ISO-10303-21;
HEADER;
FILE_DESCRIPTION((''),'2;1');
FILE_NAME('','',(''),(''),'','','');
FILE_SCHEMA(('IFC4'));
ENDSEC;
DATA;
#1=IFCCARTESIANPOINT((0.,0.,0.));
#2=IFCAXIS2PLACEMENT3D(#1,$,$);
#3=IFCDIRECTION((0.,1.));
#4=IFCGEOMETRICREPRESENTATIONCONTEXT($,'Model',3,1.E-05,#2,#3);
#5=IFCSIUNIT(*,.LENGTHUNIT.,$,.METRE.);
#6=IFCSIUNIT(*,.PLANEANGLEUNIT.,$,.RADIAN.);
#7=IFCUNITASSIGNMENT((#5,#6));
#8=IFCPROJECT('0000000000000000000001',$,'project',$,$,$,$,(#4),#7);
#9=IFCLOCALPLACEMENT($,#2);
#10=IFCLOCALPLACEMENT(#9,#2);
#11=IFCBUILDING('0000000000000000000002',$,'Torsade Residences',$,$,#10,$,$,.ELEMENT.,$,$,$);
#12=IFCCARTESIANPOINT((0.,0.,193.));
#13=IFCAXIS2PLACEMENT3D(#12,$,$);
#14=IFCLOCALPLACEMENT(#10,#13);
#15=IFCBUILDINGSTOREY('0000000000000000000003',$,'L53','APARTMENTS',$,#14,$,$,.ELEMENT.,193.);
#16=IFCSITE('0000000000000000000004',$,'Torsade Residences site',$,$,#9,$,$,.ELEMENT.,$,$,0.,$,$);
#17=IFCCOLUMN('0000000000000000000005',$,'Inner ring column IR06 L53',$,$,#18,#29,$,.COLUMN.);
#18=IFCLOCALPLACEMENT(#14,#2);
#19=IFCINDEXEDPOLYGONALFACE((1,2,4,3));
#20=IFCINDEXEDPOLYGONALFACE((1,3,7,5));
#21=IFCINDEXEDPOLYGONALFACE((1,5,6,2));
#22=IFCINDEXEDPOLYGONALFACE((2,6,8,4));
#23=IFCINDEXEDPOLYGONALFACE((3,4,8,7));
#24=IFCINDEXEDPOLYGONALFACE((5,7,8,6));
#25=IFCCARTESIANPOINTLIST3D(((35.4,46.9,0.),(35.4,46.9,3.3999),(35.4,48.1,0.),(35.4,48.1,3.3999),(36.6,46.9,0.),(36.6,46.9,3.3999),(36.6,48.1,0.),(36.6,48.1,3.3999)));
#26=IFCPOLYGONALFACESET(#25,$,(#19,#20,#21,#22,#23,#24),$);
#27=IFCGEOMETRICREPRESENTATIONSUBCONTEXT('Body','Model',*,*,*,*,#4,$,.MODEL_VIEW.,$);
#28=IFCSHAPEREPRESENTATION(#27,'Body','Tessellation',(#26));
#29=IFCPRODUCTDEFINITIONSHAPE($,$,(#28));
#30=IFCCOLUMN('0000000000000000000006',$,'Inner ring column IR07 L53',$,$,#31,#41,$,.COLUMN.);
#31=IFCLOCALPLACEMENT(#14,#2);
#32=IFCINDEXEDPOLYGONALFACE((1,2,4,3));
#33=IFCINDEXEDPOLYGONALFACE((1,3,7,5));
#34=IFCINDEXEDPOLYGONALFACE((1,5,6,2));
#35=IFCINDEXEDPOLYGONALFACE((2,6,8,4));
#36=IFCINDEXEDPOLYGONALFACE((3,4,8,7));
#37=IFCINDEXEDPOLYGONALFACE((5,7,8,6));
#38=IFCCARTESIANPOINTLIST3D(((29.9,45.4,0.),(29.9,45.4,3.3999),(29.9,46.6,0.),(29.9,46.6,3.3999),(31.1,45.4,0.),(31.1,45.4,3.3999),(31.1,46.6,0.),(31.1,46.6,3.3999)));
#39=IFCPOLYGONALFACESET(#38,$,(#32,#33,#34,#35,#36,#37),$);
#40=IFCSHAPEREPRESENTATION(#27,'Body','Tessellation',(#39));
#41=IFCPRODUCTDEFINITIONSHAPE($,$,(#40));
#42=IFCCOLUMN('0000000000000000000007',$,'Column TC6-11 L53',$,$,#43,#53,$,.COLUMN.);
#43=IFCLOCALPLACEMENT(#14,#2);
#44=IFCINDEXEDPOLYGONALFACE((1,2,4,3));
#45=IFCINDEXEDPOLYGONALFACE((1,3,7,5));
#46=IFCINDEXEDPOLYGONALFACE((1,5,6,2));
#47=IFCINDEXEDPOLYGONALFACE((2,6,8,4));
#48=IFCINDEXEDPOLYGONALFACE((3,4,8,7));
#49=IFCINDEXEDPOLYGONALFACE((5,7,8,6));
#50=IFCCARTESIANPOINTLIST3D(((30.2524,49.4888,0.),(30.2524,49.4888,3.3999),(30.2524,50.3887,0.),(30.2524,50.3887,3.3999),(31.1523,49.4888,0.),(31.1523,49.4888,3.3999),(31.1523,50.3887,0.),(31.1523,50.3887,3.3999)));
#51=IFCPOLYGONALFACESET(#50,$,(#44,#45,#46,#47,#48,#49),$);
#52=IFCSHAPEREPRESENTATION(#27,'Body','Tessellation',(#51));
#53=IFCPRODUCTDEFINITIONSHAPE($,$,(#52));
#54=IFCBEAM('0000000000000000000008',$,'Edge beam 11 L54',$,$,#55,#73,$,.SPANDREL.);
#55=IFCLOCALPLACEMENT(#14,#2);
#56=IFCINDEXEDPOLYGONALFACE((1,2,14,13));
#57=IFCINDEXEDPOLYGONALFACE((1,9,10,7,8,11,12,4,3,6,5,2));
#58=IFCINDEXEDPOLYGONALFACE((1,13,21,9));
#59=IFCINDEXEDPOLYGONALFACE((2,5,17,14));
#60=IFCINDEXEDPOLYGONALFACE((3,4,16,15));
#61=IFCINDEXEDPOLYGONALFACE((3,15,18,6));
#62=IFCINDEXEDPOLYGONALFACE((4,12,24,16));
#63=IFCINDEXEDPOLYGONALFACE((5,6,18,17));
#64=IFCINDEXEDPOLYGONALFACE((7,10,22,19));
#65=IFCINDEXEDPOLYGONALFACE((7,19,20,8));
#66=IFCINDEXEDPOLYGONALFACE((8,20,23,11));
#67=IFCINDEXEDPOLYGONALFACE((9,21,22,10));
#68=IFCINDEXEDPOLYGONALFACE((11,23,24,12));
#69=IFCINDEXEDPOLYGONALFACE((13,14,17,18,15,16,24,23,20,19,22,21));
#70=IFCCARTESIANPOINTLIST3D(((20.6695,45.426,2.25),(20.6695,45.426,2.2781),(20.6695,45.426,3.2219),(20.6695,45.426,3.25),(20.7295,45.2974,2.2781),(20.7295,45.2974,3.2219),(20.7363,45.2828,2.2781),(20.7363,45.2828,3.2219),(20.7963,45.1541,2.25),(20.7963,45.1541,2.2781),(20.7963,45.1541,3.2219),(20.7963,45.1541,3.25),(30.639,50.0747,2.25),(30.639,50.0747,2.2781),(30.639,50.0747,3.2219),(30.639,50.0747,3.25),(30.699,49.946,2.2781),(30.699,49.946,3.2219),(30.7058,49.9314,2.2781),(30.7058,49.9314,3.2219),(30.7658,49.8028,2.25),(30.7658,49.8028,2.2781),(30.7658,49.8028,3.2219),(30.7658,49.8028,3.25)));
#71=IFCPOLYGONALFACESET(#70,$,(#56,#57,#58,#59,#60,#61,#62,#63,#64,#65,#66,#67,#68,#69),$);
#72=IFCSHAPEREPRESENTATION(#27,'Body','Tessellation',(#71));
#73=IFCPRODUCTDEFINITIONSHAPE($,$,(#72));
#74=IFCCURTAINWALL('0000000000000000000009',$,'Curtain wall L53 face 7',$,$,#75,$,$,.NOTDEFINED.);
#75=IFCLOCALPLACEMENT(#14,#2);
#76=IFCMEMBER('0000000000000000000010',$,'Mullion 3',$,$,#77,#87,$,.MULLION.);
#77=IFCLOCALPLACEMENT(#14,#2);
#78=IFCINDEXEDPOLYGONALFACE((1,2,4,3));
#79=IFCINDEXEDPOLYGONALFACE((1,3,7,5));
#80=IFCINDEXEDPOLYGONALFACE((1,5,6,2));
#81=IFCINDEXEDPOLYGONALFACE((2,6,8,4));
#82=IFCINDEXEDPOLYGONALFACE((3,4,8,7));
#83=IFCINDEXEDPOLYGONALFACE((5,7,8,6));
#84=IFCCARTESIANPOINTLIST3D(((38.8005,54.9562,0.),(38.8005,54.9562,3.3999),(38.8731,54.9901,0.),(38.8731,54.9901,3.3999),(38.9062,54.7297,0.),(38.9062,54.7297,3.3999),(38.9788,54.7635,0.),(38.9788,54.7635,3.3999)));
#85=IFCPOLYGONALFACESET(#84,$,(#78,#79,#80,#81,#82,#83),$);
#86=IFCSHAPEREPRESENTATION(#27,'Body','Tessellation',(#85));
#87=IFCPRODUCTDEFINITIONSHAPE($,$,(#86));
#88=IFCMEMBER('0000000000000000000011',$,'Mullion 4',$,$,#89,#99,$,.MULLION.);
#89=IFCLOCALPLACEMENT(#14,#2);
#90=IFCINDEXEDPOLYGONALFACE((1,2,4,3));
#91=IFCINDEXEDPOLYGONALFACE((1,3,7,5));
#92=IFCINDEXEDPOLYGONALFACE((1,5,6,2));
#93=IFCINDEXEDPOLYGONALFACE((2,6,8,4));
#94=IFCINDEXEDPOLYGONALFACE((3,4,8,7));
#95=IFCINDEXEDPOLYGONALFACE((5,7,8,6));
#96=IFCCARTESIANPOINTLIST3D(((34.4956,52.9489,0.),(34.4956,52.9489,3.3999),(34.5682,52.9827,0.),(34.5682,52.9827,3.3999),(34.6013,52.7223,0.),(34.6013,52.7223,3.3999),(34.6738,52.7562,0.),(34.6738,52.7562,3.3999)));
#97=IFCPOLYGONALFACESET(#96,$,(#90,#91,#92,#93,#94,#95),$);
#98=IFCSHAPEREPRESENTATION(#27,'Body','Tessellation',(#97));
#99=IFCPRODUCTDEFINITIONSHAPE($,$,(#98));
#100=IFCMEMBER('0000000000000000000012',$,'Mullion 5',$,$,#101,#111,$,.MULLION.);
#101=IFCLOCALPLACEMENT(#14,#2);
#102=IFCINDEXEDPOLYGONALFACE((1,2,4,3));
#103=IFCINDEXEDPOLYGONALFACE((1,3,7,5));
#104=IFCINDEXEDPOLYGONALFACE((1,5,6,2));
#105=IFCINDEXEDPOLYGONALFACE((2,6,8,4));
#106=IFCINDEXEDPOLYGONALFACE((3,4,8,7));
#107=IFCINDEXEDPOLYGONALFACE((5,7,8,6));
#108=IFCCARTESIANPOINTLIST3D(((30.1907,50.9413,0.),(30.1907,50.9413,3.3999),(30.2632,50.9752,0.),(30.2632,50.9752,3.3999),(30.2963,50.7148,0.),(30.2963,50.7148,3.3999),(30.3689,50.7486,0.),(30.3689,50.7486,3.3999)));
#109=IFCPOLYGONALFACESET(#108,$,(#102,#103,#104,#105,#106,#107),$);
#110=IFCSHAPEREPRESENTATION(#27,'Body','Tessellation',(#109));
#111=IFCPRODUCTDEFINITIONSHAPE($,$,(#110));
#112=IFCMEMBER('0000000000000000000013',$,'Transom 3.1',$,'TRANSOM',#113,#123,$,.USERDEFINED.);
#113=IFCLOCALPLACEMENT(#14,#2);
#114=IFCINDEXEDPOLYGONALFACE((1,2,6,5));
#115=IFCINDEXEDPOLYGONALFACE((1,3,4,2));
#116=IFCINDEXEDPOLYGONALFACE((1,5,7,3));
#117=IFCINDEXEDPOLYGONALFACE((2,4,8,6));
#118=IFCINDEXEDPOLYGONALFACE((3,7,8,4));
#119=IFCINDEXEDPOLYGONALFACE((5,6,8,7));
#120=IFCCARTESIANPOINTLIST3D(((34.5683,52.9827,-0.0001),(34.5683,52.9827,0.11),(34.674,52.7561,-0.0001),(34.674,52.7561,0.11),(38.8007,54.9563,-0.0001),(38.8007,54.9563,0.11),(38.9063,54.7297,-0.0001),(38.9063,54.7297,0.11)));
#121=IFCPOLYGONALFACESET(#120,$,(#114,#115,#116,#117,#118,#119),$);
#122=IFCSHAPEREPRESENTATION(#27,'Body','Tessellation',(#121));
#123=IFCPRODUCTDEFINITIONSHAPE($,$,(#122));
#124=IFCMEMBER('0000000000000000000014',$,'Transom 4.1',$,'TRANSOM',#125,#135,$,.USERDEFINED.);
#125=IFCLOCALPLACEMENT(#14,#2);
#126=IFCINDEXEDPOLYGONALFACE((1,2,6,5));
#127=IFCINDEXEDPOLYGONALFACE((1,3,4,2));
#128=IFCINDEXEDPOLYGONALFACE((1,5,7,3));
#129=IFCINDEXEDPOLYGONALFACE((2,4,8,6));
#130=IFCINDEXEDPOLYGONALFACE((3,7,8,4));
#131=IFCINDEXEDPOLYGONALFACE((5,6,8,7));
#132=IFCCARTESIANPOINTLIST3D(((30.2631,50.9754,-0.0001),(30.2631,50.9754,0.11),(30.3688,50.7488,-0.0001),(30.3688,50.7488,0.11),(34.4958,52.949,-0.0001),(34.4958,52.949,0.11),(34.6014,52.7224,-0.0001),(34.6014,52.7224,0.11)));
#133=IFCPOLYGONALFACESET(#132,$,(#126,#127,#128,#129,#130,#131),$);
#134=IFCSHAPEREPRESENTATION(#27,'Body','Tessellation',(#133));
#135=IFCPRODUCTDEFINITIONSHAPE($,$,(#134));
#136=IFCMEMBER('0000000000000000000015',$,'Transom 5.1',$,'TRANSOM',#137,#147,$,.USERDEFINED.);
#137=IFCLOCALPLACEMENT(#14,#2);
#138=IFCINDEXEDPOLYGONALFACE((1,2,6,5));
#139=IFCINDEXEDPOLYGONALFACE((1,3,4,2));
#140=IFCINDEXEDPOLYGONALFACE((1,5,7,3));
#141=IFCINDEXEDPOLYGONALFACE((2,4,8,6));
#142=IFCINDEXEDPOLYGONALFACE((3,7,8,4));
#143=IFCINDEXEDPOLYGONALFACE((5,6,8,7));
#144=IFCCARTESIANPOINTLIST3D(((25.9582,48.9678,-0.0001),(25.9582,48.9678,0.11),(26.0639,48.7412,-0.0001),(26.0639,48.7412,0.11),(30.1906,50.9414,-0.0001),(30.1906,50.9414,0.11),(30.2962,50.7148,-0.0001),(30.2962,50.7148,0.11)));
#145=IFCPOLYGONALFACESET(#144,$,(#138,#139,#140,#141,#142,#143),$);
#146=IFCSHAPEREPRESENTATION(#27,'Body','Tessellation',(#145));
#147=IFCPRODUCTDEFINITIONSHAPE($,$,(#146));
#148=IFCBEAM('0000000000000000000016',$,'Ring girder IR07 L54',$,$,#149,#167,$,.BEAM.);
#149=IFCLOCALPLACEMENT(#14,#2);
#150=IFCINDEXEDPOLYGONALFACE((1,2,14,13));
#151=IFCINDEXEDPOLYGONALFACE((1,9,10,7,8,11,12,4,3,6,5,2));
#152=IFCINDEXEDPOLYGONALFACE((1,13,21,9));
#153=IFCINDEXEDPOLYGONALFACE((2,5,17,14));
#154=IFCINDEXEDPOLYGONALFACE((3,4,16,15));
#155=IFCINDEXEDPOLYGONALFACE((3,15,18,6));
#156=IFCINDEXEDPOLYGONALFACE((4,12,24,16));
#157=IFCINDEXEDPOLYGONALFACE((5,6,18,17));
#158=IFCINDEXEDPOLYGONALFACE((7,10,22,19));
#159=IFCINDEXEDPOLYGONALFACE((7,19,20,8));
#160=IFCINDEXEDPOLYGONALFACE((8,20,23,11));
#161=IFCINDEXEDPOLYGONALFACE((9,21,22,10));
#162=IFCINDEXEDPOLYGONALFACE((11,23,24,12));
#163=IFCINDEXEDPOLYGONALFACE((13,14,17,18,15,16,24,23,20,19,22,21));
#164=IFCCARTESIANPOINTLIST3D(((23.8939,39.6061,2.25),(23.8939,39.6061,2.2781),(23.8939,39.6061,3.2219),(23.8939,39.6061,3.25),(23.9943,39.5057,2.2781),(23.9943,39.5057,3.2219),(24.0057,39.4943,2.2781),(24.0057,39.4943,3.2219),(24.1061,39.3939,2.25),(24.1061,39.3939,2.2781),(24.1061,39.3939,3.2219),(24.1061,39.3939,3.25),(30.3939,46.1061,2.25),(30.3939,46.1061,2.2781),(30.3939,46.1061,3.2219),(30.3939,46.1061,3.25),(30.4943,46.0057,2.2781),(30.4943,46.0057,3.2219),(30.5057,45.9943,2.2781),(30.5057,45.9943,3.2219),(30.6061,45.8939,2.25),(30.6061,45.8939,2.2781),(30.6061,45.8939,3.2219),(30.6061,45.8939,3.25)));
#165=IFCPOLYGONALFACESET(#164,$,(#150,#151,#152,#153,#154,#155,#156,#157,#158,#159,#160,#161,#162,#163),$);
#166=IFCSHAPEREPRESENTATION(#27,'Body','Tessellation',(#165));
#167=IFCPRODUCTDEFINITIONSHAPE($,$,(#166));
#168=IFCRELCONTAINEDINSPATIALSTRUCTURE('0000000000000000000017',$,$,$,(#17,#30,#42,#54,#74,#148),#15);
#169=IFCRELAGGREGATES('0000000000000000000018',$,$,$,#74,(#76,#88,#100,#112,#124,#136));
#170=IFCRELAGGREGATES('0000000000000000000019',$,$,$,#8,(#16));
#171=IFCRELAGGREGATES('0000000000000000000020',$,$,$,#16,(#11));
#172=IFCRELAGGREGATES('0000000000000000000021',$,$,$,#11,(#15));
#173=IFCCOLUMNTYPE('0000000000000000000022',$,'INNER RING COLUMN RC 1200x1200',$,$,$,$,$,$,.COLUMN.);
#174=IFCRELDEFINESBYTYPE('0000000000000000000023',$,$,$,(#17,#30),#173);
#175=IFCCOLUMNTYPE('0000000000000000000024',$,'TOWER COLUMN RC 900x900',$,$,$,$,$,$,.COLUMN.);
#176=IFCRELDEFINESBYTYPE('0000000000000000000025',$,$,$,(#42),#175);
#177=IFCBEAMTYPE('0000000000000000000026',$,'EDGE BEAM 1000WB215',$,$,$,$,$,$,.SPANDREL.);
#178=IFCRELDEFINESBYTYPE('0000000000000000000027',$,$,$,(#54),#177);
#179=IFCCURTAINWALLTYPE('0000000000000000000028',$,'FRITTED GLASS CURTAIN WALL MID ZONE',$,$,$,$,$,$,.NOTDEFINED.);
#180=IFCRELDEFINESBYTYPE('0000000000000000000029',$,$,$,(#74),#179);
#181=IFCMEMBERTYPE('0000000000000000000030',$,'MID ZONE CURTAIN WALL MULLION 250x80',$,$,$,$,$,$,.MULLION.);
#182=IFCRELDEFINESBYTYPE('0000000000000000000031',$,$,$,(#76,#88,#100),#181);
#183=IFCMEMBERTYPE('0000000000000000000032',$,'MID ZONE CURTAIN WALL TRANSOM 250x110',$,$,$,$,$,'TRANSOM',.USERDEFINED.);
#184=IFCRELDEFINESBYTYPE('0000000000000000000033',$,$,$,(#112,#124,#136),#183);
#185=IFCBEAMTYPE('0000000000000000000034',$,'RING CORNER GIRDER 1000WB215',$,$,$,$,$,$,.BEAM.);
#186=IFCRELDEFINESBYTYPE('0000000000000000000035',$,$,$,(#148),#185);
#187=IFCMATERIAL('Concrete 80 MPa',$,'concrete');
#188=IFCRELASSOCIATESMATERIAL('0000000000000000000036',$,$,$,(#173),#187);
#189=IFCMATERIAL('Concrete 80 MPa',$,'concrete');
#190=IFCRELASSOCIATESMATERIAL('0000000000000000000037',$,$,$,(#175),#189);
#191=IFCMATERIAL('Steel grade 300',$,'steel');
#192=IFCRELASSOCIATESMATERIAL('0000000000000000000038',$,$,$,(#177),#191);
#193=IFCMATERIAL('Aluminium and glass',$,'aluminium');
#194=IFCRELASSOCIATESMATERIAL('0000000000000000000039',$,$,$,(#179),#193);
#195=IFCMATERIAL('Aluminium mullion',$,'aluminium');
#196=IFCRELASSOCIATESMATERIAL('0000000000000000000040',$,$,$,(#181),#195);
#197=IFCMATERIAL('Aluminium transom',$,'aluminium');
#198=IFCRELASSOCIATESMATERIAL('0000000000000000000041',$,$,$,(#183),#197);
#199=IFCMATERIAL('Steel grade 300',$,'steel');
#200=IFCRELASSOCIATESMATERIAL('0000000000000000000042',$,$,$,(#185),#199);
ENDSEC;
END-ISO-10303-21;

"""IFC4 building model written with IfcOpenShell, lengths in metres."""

from ifc_helpers import new_model, si_unit, direction, frame, origin, origin_2d, place, context, subcontext, project, spatial, rectangle, i_section, extrude, material, material_profile, profile_set, type_object, element, aggregate, save


model = new_model("IFC4")

# Units and contexts
model_context = context("Model", 3, precision=1e-05, world=origin(), true_north=direction((0.0, 1.0)))
body_context = subcontext(model_context, "Body", "Model", "MODEL_VIEW")
ifc_project = project(units=[si_unit("LENGTHUNIT", "METRE"), si_unit("PLANEANGLEUNIT", "RADIAN")], contexts=[model_context])

# Site, building, storey
site_placement = place(None, origin())
site = spatial("IfcSite", under=ifc_project, at=site_placement, Name="Torsade Residences site", CompositionType="ELEMENT", RefElevation=0.0)
building_placement = place(site_placement, origin())
building = spatial("IfcBuilding", under=site, at=building_placement, Name="Torsade Residences", CompositionType="ELEMENT")
storey_placement = place(building_placement, frame((0.0, 0.0, 193.0)))
storey = spatial("IfcBuildingStorey", under=building, at=storey_placement, Name="L53", Description="APARTMENTS", CompositionType="ELEMENT", Elevation=193.0)

# Columns
ifc_material_1 = material(Name="Concrete 80 MPa", Category="concrete")
ifc_material_profile_1 = material_profile(ifc_material_1, rectangle(XDim=1.2, YDim=1.2, at=origin_2d()), Name="RC 1200x1200")
ifc_profile_set_1 = profile_set([ifc_material_profile_1], Name="Concrete 80 MPa")
column_type_1 = type_object("IfcColumnType", Name="INNER RING COLUMN RC 1200x1200", PredefinedType="COLUMN", material=ifc_profile_set_1)
for number, where, z_axis, x_axis, name in (
    (1, (36.0, 47.5, 0.0), (0.0, 0.0, 1.0), (1.0, 0.0, 0.0), "Inner ring column IR06 L53"),
    (2, (30.5, 46.0, 0.0), (0.0, 0.0, 1.0), (1.0, 0.0, 0.0), "Inner ring column IR07 L53"),
):
    element("IfcColumn", number, at=place(storey_placement, frame(where, z_axis=z_axis, x_axis=x_axis)), inside=storey, type_object=column_type_1, Name=name, PredefinedType="COLUMN", context=body_context, shape_type="SweptSolid", body=[
        extrude(rectangle(XDim=1.2, YDim=1.2, at=origin_2d()), origin(), (0.0, 0.0, 1.0), 3.3999),
    ])
ifc_material_2 = material(Name="Concrete 80 MPa", Category="concrete")
ifc_material_profile_2 = material_profile(ifc_material_2, rectangle(XDim=0.8999, YDim=0.8999, at=origin_2d()), Name="RC 900x900")
ifc_profile_set_2 = profile_set([ifc_material_profile_2], Name="Concrete 80 MPa")
column_type_2 = type_object("IfcColumnType", Name="TOWER COLUMN RC 900x900", PredefinedType="COLUMN", material=ifc_profile_set_2)
column_placement = place(storey_placement, frame((30.7024, 49.9387, 0.0), z_axis=(0.0, 0.0, 1.0), x_axis=(1.0, 0.0, 0.0)))
element("IfcColumn", 3, at=column_placement, inside=storey, type_object=column_type_2, Name="Column TC6-11 L53", PredefinedType="COLUMN", context=body_context, shape_type="SweptSolid", body=[
    extrude(rectangle(XDim=0.8999, YDim=0.8999, at=origin_2d()), origin(), (0.0, 0.0, 1.0), 3.3999),
])

# Beam
ifc_material_3 = material(Name="Steel grade 300", Category="steel")
ifc_material_profile_3 = material_profile(ifc_material_3, i_section(OverallWidth=0.3, OverallDepth=1.0, WebThickness=0.0161, FlangeThickness=0.0281, at=origin_2d()), Name="1000WB215")
ifc_profile_set_3 = profile_set([ifc_material_profile_3], Name="Steel grade 300")
beam_type_1 = type_object("IfcBeamType", Name="EDGE BEAM 1000WB215", PredefinedType="SPANDREL", material=ifc_profile_set_3)
beam_1_placement = place(storey_placement, frame((30.7024, 49.9387, 2.75), z_axis=(-0.906314, -0.422606, 0.0), x_axis=(0.422606, -0.906314, 0.0)))
element("IfcBeam", 4, at=beam_1_placement, inside=storey, type_object=beam_type_1, Name="Edge beam 11 L54", PredefinedType="SPANDREL", context=body_context, shape_type="SweptSolid", body=[
    extrude(i_section(OverallWidth=0.3, OverallDepth=1.0, WebThickness=0.0161, FlangeThickness=0.0281, at=origin_2d()), origin(), (0.0, 0.0, 1.0), 11.0),
])

# Curtain wall, members
ifc_material_4 = material(Name="Aluminium and glass", Category="aluminium")
curtain_wall_type = type_object("IfcCurtainWallType", Name="FRITTED GLASS CURTAIN WALL MID ZONE", PredefinedType="NOTDEFINED", material=ifc_material_4)
curtain_wall_placement = place(storey_placement, origin())
curtain_wall = element("IfcCurtainWall", 5, at=curtain_wall_placement, inside=storey, type_object=curtain_wall_type, Name="Curtain wall L53 face 7", PredefinedType="NOTDEFINED")
ifc_material_5 = material(Name="Aluminium mullion", Category="aluminium")
ifc_material_profile_4 = material_profile(ifc_material_5, rectangle(XDim=0.25, YDim=0.0801, at=origin_2d()), Name="MID ZONE CURTAIN WALL MULLION 250x80")
ifc_profile_set_4 = profile_set([ifc_material_profile_4], Name="Aluminium mullion")
member_type_1 = type_object("IfcMemberType", Name="MID ZONE CURTAIN WALL MULLION 250x80", PredefinedType="MULLION", material=ifc_profile_set_4)
member_1_placement = place(storey_placement, frame((38.8896, 54.8599, 0.0), z_axis=(0.0, 0.0, 1.0), x_axis=(0.422618, -0.906308, 0.0)))
member_1 = element("IfcMember", 6, at=member_1_placement, type_object=member_type_1, Name="Mullion 3", PredefinedType="MULLION", context=body_context, shape_type="SweptSolid", body=[
    extrude(rectangle(XDim=0.25, YDim=0.0801, at=origin_2d()), origin(), (0.0, 0.0, 1.0), 3.3999),
])
member_2_placement = place(storey_placement, frame((34.5847, 52.8525, 0.0), z_axis=(0.0, 0.0, 1.0), x_axis=(0.422618, -0.906308, 0.0)))
member_2 = element("IfcMember", 7, at=member_2_placement, type_object=member_type_1, Name="Mullion 4", PredefinedType="MULLION", context=body_context, shape_type="SweptSolid", body=[
    extrude(rectangle(XDim=0.25, YDim=0.0801, at=origin_2d()), origin(), (0.0, 0.0, 1.0), 3.3999),
])
member_3_placement = place(storey_placement, frame((30.2798, 50.845, 0.0), z_axis=(0.0, 0.0, 1.0), x_axis=(0.422618, -0.906308, 0.0)))
member_3 = element("IfcMember", 8, at=member_3_placement, type_object=member_type_1, Name="Mullion 5", PredefinedType="MULLION", context=body_context, shape_type="SweptSolid", body=[
    extrude(rectangle(XDim=0.25, YDim=0.0801, at=origin_2d()), origin(), (0.0, 0.0, 1.0), 3.3999),
])
ifc_material_6 = material(Name="Aluminium transom", Category="aluminium")
ifc_material_profile_5 = material_profile(ifc_material_6, rectangle(XDim=0.25, YDim=0.1101, at=origin_2d()), Name="MID ZONE CURTAIN WALL TRANSOM 250x110")
ifc_profile_set_5 = profile_set([ifc_material_profile_5], Name="Aluminium transom")
member_type_2 = type_object("IfcMemberType", Name="MID ZONE CURTAIN WALL TRANSOM 250x110", ElementType="TRANSOM", PredefinedType="USERDEFINED", material=ifc_profile_set_5)
member_4_placement = place(storey_placement, frame((38.8535, 54.843, 0.0549), z_axis=(-0.906306, -0.422622, 0.0), x_axis=(0.422622, -0.906306, 0.0)))
member_4 = element("IfcMember", 9, at=member_4_placement, type_object=member_type_2, Name="Transom 3.1", ObjectType="TRANSOM", PredefinedType="USERDEFINED", context=body_context, shape_type="SweptSolid", body=[
    extrude(rectangle(XDim=0.25, YDim=0.1101, at=origin_2d()), origin(), (0.0, 0.0, 1.0), 4.6699),
])
member_5_placement = place(storey_placement, frame((34.5486, 52.8357, 0.0549), z_axis=(-0.906315, -0.422602, 0.0), x_axis=(0.422602, -0.906315, 0.0)))
member_5 = element("IfcMember", 10, at=member_5_placement, type_object=member_type_2, Name="Transom 4.1", ObjectType="TRANSOM", PredefinedType="USERDEFINED", context=body_context, shape_type="SweptSolid", body=[
    extrude(rectangle(XDim=0.25, YDim=0.1101, at=origin_2d()), origin(), (0.0, 0.0, 1.0), 4.6702),
])
member_6_placement = place(storey_placement, frame((30.2434, 50.8281, 0.0549), z_axis=(-0.906306, -0.422622, 0.0), x_axis=(0.422622, -0.906306, 0.0)))
member_6 = element("IfcMember", 11, at=member_6_placement, type_object=member_type_2, Name="Transom 5.1", ObjectType="TRANSOM", PredefinedType="USERDEFINED", context=body_context, shape_type="SweptSolid", body=[
    extrude(rectangle(XDim=0.25, YDim=0.1101, at=origin_2d()), origin(), (0.0, 0.0, 1.0), 4.6699),
])

# Beam
ifc_material_7 = material(Name="Steel grade 300", Category="steel")
ifc_material_profile_6 = material_profile(ifc_material_7, i_section(OverallWidth=0.3, OverallDepth=1.0, WebThickness=0.0161, FlangeThickness=0.0281, at=origin_2d()), Name="1000WB215")
ifc_profile_set_6 = profile_set([ifc_material_profile_6], Name="Steel grade 300")
beam_type_2 = type_object("IfcBeamType", Name="RING CORNER GIRDER 1000WB215", PredefinedType="BEAM", material=ifc_profile_set_6)
beam_2_placement = place(storey_placement, frame((30.5, 46.0, 2.75), z_axis=(-0.707107, -0.707107, 0.0), x_axis=(0.707107, -0.707107, 0.0)))
element("IfcBeam", 12, at=beam_2_placement, inside=storey, type_object=beam_type_2, Name="Ring girder IR07 L54", PredefinedType="BEAM", context=body_context, shape_type="SweptSolid", body=[
    extrude(i_section(OverallWidth=0.3, OverallDepth=1.0, WebThickness=0.0161, FlangeThickness=0.0281, at=origin_2d()), origin(), (0.0, 0.0, 1.0), 9.1924),
])

aggregate(curtain_wall, [member_1, member_2, member_3, member_4, member_5, member_6])

save(model, "model.ifc")
